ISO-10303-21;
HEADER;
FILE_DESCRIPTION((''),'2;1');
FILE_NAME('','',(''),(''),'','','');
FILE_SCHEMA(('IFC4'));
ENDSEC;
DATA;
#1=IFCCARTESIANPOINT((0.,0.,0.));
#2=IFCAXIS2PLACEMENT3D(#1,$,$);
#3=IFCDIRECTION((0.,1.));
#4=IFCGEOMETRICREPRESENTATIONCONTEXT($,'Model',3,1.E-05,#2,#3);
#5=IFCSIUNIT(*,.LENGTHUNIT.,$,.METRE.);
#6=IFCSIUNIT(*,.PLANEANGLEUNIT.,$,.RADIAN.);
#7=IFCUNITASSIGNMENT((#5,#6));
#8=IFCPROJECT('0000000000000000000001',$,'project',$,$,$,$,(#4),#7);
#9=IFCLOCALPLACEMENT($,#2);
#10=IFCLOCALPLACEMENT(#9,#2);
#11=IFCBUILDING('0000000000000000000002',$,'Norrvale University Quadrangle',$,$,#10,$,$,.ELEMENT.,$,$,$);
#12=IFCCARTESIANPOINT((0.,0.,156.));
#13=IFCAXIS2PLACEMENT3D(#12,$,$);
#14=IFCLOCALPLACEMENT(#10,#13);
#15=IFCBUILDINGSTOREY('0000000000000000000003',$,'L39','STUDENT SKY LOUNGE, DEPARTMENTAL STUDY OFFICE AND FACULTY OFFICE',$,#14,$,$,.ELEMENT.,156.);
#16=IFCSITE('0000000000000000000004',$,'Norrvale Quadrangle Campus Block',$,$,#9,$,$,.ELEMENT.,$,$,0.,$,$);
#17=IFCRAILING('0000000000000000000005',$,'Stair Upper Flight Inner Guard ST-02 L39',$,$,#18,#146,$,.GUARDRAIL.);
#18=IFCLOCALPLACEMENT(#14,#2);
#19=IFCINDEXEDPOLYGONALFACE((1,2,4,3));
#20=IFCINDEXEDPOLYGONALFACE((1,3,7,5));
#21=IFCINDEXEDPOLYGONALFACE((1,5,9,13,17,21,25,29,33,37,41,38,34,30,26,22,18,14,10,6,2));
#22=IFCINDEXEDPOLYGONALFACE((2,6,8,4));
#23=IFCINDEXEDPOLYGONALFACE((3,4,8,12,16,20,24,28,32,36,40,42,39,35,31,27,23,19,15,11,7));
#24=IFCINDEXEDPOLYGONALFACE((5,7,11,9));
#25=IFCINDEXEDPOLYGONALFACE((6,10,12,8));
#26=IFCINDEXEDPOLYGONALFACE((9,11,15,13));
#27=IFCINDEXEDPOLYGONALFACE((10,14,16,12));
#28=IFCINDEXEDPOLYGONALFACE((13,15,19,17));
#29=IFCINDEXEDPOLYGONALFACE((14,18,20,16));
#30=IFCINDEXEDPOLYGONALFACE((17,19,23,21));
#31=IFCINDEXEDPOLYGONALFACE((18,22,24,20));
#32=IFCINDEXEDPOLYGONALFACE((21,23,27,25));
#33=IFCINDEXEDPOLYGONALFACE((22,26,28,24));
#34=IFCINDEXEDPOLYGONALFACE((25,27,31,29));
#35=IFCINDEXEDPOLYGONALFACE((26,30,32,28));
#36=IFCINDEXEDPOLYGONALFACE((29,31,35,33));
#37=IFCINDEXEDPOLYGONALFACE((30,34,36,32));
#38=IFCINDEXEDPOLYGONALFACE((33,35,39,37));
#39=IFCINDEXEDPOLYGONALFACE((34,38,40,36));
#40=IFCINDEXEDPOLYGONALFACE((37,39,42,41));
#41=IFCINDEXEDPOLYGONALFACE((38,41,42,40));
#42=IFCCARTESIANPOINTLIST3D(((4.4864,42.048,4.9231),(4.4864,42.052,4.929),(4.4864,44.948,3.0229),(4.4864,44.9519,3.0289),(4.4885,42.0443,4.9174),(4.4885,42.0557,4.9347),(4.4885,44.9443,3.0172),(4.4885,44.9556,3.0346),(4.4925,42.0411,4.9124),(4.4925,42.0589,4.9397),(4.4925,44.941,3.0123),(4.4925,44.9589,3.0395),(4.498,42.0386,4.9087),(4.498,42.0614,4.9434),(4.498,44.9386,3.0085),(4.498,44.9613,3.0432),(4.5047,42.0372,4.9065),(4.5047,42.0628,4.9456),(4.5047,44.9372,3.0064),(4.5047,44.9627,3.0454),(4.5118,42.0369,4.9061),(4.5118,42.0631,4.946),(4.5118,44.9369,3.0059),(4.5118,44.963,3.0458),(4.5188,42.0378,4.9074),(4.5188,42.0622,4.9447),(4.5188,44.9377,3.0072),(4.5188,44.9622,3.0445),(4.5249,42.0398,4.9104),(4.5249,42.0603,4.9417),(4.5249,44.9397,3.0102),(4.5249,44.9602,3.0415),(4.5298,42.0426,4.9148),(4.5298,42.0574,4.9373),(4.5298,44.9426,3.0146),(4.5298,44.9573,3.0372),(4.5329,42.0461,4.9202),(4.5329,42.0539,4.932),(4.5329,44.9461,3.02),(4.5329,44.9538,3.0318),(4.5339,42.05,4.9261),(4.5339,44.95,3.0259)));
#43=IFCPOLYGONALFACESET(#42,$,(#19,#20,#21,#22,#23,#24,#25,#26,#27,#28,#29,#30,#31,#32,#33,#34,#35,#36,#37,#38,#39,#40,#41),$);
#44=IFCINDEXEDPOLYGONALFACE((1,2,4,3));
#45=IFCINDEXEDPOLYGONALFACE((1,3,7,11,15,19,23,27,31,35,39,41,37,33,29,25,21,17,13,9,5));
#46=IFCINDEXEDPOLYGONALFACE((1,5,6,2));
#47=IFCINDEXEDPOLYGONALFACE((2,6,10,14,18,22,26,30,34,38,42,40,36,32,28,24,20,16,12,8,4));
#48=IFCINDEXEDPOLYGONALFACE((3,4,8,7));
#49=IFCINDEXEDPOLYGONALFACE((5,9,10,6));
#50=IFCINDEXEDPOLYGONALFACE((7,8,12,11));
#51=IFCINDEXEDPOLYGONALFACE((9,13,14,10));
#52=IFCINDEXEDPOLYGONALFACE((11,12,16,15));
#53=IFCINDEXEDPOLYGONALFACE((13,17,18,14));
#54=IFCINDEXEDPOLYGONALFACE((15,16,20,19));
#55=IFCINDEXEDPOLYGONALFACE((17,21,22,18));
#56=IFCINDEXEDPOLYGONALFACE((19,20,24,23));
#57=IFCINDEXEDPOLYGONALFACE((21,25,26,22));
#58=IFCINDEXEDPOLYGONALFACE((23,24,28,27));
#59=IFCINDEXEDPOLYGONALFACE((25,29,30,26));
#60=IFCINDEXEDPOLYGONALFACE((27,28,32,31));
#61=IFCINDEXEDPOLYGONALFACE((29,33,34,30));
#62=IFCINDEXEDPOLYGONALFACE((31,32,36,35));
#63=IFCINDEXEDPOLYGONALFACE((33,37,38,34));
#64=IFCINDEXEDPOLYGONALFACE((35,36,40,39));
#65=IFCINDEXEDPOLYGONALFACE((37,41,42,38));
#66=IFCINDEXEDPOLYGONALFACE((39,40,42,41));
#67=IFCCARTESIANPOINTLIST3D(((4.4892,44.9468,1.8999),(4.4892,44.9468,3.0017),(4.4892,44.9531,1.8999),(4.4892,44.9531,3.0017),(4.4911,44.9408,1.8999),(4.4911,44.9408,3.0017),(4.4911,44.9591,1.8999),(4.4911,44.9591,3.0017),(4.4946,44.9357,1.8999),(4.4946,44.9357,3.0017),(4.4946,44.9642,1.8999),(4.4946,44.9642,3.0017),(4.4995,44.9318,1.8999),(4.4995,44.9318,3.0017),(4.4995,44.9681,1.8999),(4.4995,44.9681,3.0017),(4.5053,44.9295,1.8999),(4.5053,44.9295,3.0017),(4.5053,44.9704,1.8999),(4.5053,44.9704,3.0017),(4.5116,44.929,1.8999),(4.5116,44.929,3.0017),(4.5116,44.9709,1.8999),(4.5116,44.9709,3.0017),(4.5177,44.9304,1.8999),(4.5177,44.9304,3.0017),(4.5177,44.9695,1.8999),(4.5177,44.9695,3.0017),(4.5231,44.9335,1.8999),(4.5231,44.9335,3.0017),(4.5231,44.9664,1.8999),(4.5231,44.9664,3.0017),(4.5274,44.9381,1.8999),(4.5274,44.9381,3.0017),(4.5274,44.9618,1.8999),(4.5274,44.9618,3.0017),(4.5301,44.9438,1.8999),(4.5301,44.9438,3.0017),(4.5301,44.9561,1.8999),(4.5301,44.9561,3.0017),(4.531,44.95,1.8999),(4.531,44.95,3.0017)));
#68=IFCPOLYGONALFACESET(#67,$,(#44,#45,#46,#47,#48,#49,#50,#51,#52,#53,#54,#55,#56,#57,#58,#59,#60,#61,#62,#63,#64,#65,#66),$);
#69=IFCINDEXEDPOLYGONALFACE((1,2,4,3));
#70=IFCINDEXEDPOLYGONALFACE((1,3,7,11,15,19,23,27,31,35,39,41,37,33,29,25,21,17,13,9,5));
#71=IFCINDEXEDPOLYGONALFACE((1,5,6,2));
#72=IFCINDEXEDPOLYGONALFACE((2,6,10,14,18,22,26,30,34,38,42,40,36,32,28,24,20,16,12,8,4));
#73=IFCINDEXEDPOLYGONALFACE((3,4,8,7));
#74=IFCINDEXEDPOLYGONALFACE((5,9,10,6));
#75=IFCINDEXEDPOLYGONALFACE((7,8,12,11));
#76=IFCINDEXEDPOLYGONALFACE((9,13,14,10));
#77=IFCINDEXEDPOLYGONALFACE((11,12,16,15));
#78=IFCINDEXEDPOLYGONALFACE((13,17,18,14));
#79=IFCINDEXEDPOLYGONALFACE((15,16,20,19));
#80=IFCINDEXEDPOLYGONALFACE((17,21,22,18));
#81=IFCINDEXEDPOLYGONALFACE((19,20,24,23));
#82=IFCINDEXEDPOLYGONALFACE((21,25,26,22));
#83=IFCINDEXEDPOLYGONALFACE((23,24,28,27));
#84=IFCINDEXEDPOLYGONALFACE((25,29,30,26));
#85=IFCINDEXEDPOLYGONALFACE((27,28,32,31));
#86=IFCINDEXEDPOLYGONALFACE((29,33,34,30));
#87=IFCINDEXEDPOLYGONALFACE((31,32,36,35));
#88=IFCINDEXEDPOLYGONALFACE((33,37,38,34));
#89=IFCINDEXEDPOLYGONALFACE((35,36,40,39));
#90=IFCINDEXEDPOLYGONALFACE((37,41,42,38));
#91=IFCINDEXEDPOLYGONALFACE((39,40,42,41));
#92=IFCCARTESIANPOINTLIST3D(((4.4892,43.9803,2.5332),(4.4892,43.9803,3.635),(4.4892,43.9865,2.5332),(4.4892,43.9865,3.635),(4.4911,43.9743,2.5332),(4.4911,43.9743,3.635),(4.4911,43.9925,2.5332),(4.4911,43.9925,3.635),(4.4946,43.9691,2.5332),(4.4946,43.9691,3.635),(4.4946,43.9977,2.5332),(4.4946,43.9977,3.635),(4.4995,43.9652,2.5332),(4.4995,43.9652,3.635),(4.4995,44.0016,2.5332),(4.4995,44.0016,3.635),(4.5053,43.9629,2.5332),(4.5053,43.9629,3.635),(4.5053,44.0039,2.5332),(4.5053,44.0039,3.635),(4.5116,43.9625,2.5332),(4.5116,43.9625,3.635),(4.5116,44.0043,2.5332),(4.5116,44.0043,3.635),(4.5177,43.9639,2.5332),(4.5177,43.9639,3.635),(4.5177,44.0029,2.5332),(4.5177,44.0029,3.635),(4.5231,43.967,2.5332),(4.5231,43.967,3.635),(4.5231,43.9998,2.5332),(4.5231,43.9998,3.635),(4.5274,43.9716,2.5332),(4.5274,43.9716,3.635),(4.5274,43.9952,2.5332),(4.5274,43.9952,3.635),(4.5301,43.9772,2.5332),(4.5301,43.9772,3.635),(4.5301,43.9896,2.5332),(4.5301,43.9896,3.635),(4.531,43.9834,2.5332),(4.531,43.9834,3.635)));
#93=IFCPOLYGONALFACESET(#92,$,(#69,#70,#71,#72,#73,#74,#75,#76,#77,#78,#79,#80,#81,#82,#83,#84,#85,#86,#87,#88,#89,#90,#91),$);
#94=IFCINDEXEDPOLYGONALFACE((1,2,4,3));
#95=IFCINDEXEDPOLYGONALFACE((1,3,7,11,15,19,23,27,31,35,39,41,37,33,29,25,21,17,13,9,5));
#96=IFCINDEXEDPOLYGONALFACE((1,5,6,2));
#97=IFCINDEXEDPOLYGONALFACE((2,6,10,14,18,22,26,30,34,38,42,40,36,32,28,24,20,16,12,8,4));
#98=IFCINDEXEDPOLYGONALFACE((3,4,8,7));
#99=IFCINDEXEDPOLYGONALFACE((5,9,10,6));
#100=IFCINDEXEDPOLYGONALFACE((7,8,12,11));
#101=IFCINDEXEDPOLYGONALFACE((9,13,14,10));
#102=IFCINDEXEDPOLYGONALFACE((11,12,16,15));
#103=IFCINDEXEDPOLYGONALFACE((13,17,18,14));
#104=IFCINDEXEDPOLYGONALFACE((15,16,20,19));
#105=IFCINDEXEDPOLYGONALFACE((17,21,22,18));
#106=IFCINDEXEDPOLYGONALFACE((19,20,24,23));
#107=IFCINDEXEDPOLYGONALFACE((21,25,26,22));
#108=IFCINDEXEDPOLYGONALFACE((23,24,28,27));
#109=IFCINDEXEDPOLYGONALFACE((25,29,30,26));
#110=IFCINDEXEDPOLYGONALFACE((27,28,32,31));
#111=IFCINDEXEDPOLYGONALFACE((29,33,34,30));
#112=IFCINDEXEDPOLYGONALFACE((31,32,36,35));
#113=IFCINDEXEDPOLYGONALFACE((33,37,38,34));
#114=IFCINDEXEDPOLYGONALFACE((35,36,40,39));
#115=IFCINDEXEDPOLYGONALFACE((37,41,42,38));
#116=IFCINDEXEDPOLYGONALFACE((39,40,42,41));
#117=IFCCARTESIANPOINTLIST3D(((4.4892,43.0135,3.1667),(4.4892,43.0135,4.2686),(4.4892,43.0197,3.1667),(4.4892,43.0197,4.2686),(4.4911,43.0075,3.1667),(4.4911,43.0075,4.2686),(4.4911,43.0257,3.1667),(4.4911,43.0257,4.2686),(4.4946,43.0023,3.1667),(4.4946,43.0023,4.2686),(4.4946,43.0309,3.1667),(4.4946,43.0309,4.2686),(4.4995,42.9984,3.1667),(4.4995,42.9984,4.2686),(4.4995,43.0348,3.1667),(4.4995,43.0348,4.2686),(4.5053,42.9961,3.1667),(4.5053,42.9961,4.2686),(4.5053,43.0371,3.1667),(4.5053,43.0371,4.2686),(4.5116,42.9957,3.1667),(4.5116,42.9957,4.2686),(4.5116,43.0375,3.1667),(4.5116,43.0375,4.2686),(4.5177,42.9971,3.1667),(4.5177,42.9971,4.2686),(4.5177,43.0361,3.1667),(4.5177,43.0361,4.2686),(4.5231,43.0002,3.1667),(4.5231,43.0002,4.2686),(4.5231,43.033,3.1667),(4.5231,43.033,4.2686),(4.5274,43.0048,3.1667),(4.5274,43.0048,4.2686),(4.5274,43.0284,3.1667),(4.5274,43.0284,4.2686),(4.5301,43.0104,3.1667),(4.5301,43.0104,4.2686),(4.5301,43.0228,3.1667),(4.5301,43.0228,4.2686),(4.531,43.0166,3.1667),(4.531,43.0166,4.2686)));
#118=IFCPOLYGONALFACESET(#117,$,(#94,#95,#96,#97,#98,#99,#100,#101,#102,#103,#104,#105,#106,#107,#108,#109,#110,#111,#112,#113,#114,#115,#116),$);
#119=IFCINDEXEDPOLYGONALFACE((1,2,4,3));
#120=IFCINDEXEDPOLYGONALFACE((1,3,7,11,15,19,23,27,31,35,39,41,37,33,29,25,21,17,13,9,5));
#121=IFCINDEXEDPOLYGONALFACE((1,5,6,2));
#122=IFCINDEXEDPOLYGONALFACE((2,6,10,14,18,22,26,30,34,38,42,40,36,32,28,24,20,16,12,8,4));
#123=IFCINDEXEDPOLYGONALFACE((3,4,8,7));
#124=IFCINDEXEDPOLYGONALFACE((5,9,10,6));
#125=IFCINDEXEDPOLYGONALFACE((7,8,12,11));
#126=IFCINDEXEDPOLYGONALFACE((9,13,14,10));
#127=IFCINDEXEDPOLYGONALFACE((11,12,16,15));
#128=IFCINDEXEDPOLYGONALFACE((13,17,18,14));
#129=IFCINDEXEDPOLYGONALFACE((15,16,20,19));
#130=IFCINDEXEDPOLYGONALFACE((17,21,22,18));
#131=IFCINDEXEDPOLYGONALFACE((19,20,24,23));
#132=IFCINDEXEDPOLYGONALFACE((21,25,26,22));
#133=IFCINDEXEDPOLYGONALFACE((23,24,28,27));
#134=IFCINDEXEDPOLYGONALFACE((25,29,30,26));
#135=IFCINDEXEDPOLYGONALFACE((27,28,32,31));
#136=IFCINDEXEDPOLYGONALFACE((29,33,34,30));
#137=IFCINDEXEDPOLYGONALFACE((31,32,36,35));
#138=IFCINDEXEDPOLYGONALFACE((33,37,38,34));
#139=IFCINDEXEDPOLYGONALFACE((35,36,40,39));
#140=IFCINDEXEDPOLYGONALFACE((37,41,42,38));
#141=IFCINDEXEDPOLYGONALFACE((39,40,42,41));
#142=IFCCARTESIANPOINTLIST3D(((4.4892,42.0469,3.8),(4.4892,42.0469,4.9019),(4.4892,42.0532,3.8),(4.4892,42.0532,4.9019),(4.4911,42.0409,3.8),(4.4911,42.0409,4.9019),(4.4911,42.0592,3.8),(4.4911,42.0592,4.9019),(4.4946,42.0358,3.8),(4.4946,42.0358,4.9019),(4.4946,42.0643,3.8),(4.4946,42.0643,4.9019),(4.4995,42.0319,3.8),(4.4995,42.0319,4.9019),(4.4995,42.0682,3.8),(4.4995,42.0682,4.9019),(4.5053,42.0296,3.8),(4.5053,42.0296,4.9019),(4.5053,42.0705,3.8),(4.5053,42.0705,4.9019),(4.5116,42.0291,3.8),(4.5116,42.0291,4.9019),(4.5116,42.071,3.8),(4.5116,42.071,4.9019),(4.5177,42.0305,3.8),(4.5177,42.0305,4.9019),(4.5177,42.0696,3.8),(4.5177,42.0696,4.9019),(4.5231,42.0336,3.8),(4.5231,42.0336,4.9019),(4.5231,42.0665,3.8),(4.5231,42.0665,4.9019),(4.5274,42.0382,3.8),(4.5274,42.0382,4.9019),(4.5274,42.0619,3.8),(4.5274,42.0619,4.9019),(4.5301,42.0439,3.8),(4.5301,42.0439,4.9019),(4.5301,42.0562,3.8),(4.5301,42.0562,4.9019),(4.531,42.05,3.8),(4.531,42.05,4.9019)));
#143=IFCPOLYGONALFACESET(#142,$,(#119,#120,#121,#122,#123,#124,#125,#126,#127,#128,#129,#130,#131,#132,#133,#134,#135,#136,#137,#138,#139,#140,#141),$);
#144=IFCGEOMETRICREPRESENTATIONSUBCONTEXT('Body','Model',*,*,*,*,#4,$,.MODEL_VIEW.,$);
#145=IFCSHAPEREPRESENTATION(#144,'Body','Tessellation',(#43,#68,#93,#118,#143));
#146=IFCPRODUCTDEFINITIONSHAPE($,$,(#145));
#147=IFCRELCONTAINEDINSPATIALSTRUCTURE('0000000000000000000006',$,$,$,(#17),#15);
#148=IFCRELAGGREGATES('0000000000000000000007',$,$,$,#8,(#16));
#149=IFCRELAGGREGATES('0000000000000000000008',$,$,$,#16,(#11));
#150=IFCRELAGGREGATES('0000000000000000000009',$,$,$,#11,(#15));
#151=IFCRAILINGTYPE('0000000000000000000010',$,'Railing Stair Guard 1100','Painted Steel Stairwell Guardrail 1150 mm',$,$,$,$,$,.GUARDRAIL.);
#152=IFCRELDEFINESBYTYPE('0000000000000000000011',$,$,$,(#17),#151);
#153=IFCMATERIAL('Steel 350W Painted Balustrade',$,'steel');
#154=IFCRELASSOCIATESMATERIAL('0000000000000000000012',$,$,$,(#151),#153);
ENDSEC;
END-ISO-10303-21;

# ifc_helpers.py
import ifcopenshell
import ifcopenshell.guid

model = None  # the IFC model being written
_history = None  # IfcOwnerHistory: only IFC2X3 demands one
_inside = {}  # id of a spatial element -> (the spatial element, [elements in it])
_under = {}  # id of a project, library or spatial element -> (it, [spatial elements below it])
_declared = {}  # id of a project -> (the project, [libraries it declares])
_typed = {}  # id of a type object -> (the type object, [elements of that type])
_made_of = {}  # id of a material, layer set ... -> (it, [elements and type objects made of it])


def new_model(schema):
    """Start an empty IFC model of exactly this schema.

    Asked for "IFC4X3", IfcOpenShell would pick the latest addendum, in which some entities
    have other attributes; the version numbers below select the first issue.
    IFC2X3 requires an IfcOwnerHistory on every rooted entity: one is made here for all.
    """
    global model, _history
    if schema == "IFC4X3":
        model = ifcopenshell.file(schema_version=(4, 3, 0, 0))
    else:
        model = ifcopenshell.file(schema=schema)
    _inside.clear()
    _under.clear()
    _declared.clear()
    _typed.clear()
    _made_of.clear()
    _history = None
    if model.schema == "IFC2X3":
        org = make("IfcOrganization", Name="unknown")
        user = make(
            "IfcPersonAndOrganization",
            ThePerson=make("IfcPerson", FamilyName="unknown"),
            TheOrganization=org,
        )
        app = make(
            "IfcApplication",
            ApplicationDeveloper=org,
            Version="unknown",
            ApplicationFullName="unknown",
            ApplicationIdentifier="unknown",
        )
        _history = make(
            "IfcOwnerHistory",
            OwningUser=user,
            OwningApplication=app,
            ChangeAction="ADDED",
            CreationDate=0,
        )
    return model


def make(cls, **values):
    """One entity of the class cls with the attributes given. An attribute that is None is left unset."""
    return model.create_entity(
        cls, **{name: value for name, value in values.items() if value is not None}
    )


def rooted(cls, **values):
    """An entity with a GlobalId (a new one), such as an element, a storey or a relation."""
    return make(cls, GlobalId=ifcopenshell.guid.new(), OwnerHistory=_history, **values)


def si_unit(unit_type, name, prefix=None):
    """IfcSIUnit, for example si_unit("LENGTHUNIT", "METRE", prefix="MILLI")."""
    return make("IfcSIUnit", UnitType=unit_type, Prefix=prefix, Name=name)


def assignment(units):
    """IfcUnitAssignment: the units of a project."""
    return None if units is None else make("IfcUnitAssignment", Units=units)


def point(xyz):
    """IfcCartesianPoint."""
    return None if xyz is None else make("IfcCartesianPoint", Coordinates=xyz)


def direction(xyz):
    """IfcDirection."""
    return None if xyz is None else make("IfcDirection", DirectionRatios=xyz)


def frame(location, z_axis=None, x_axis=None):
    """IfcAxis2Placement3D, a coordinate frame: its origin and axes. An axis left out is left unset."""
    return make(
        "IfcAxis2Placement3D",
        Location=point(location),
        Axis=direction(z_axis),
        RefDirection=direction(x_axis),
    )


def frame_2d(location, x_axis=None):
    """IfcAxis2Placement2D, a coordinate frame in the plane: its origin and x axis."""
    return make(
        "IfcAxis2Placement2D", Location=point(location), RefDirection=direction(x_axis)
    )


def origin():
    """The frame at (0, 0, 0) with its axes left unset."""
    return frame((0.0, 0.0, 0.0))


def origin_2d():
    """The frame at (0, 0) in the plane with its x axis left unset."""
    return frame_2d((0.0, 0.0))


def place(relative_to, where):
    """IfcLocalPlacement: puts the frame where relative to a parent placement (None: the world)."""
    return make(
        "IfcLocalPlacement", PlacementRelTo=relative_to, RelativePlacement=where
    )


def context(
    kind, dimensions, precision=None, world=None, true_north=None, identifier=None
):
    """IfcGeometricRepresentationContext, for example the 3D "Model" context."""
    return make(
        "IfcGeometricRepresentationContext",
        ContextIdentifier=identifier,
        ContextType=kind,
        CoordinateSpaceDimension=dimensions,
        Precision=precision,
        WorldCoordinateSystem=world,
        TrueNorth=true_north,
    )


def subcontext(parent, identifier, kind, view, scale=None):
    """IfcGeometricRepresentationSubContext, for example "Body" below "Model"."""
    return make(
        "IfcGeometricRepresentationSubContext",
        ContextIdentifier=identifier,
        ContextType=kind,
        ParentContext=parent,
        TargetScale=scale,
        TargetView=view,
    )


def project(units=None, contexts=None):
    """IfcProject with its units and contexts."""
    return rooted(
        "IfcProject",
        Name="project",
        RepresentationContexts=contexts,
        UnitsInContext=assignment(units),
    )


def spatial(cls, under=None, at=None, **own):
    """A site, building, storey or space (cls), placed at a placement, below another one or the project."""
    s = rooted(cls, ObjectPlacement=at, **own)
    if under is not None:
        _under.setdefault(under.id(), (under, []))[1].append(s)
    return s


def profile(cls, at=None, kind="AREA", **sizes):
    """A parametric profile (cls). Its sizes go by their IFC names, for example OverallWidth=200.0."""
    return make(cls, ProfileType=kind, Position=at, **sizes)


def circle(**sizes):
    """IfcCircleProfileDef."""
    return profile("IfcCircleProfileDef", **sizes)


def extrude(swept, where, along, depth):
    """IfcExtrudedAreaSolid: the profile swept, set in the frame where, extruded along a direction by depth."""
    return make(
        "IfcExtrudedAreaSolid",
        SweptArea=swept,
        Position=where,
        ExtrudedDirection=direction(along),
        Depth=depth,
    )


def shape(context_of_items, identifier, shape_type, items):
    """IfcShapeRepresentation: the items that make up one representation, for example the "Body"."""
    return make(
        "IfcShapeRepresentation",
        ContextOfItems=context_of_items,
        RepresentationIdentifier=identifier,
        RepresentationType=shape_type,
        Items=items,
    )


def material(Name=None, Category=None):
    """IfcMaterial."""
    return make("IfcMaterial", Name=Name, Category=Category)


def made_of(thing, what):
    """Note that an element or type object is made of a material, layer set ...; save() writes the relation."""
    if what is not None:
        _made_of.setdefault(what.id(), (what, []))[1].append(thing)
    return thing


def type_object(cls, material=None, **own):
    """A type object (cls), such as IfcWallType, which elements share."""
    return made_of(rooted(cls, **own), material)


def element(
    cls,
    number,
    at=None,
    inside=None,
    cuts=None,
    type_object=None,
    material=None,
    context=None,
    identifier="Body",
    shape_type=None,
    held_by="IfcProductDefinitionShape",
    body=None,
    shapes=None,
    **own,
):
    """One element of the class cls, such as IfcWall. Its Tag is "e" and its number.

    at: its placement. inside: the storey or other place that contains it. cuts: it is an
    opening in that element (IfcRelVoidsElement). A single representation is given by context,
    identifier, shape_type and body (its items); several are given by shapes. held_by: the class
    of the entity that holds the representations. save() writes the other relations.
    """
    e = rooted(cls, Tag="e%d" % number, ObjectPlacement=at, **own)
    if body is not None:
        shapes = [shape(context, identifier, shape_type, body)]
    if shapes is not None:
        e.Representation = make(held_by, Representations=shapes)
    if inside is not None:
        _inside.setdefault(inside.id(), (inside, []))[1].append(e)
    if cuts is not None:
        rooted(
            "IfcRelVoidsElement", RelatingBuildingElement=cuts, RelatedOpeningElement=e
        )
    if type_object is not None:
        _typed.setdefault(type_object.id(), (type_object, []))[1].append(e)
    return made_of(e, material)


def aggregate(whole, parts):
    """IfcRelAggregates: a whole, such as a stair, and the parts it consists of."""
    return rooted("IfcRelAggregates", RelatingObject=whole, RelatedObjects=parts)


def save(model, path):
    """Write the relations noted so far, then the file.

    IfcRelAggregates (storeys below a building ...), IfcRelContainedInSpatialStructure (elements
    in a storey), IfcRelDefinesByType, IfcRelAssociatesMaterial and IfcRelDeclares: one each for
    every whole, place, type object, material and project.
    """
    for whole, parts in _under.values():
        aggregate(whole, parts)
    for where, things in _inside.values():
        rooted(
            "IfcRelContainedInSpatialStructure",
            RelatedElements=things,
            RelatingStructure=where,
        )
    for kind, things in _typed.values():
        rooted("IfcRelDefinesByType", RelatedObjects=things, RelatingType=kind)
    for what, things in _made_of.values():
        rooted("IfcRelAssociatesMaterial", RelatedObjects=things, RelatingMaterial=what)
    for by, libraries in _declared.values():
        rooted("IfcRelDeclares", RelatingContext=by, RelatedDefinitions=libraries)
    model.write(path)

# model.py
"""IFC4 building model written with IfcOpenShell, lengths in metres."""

from ifc_helpers import new_model, si_unit, direction, frame, origin, origin_2d, place, context, subcontext, project, spatial, circle, extrude, material, type_object, element, save


model = new_model("IFC4")

# Units and contexts
model_context = context("Model", 3, precision=1e-05, world=origin(), true_north=direction((0.0, 1.0)))
body_context = subcontext(model_context, "Body", "Model", "MODEL_VIEW")
ifc_project = project(units=[si_unit("LENGTHUNIT", "METRE"), si_unit("PLANEANGLEUNIT", "RADIAN")], contexts=[model_context])

# Site, building, storey
site_placement = place(None, origin())
site = spatial("IfcSite", under=ifc_project, at=site_placement, Name="Norrvale Quadrangle Campus Block", CompositionType="ELEMENT", RefElevation=0.0)
building_placement = place(site_placement, origin())
building = spatial("IfcBuilding", under=site, at=building_placement, Name="Norrvale University Quadrangle", CompositionType="ELEMENT")
storey_placement = place(building_placement, frame((0.0, 0.0, 156.0)))
storey = spatial("IfcBuildingStorey", under=building, at=storey_placement, Name="L39", Description="STUDENT SKY LOUNGE, DEPARTMENTAL STUDY OFFICE AND FACULTY OFFICE", CompositionType="ELEMENT", Elevation=156.0)

# Railing
ifc_material_1 = material(Name="Steel 350W Painted Balustrade", Category="steel")
railing_type_1 = type_object("IfcRailingType", Name="Railing Stair Guard 1100", Description="Painted Steel Stairwell Guardrail 1150 mm", PredefinedType="GUARDRAIL", material=ifc_material_1)
railing_1_placement = place(storey_placement, frame((4.51, 44.95, 1.8999)))
element("IfcRailing", 1, at=railing_1_placement, inside=storey, type_object=railing_type_1, Name="Stair Upper Flight Inner Guard ST-02 L39", PredefinedType="GUARDRAIL", context=body_context, shape_type="SweptSolid", body=[
    extrude(circle(Radius=0.0239, at=origin_2d()), frame((0.0, 0.0, 1.126), z_axis=(0.0, -0.836433, 0.548069), x_axis=(1.0, 0.0, 0.0)), (0.0, 0.0, 1.0), 3.467),
    extrude(circle(Radius=0.021, at=origin_2d()), origin(), (0.0, 0.0, 1.0), 1.1018),
    extrude(circle(Radius=0.021, at=origin_2d()), frame((0.0, -0.9666, 0.6333)), (0.0, 0.0, 1.0), 1.1018),
    extrude(circle(Radius=0.021, at=origin_2d()), frame((0.0, -1.9333, 1.2668)), (0.0, 0.0, 1.0), 1.1018),
    extrude(circle(Radius=0.021, at=origin_2d()), frame((0.0, -2.8999, 1.9001)), (0.0, 0.0, 1.0), 1.1018),
])

save(model, "model.ifc")
